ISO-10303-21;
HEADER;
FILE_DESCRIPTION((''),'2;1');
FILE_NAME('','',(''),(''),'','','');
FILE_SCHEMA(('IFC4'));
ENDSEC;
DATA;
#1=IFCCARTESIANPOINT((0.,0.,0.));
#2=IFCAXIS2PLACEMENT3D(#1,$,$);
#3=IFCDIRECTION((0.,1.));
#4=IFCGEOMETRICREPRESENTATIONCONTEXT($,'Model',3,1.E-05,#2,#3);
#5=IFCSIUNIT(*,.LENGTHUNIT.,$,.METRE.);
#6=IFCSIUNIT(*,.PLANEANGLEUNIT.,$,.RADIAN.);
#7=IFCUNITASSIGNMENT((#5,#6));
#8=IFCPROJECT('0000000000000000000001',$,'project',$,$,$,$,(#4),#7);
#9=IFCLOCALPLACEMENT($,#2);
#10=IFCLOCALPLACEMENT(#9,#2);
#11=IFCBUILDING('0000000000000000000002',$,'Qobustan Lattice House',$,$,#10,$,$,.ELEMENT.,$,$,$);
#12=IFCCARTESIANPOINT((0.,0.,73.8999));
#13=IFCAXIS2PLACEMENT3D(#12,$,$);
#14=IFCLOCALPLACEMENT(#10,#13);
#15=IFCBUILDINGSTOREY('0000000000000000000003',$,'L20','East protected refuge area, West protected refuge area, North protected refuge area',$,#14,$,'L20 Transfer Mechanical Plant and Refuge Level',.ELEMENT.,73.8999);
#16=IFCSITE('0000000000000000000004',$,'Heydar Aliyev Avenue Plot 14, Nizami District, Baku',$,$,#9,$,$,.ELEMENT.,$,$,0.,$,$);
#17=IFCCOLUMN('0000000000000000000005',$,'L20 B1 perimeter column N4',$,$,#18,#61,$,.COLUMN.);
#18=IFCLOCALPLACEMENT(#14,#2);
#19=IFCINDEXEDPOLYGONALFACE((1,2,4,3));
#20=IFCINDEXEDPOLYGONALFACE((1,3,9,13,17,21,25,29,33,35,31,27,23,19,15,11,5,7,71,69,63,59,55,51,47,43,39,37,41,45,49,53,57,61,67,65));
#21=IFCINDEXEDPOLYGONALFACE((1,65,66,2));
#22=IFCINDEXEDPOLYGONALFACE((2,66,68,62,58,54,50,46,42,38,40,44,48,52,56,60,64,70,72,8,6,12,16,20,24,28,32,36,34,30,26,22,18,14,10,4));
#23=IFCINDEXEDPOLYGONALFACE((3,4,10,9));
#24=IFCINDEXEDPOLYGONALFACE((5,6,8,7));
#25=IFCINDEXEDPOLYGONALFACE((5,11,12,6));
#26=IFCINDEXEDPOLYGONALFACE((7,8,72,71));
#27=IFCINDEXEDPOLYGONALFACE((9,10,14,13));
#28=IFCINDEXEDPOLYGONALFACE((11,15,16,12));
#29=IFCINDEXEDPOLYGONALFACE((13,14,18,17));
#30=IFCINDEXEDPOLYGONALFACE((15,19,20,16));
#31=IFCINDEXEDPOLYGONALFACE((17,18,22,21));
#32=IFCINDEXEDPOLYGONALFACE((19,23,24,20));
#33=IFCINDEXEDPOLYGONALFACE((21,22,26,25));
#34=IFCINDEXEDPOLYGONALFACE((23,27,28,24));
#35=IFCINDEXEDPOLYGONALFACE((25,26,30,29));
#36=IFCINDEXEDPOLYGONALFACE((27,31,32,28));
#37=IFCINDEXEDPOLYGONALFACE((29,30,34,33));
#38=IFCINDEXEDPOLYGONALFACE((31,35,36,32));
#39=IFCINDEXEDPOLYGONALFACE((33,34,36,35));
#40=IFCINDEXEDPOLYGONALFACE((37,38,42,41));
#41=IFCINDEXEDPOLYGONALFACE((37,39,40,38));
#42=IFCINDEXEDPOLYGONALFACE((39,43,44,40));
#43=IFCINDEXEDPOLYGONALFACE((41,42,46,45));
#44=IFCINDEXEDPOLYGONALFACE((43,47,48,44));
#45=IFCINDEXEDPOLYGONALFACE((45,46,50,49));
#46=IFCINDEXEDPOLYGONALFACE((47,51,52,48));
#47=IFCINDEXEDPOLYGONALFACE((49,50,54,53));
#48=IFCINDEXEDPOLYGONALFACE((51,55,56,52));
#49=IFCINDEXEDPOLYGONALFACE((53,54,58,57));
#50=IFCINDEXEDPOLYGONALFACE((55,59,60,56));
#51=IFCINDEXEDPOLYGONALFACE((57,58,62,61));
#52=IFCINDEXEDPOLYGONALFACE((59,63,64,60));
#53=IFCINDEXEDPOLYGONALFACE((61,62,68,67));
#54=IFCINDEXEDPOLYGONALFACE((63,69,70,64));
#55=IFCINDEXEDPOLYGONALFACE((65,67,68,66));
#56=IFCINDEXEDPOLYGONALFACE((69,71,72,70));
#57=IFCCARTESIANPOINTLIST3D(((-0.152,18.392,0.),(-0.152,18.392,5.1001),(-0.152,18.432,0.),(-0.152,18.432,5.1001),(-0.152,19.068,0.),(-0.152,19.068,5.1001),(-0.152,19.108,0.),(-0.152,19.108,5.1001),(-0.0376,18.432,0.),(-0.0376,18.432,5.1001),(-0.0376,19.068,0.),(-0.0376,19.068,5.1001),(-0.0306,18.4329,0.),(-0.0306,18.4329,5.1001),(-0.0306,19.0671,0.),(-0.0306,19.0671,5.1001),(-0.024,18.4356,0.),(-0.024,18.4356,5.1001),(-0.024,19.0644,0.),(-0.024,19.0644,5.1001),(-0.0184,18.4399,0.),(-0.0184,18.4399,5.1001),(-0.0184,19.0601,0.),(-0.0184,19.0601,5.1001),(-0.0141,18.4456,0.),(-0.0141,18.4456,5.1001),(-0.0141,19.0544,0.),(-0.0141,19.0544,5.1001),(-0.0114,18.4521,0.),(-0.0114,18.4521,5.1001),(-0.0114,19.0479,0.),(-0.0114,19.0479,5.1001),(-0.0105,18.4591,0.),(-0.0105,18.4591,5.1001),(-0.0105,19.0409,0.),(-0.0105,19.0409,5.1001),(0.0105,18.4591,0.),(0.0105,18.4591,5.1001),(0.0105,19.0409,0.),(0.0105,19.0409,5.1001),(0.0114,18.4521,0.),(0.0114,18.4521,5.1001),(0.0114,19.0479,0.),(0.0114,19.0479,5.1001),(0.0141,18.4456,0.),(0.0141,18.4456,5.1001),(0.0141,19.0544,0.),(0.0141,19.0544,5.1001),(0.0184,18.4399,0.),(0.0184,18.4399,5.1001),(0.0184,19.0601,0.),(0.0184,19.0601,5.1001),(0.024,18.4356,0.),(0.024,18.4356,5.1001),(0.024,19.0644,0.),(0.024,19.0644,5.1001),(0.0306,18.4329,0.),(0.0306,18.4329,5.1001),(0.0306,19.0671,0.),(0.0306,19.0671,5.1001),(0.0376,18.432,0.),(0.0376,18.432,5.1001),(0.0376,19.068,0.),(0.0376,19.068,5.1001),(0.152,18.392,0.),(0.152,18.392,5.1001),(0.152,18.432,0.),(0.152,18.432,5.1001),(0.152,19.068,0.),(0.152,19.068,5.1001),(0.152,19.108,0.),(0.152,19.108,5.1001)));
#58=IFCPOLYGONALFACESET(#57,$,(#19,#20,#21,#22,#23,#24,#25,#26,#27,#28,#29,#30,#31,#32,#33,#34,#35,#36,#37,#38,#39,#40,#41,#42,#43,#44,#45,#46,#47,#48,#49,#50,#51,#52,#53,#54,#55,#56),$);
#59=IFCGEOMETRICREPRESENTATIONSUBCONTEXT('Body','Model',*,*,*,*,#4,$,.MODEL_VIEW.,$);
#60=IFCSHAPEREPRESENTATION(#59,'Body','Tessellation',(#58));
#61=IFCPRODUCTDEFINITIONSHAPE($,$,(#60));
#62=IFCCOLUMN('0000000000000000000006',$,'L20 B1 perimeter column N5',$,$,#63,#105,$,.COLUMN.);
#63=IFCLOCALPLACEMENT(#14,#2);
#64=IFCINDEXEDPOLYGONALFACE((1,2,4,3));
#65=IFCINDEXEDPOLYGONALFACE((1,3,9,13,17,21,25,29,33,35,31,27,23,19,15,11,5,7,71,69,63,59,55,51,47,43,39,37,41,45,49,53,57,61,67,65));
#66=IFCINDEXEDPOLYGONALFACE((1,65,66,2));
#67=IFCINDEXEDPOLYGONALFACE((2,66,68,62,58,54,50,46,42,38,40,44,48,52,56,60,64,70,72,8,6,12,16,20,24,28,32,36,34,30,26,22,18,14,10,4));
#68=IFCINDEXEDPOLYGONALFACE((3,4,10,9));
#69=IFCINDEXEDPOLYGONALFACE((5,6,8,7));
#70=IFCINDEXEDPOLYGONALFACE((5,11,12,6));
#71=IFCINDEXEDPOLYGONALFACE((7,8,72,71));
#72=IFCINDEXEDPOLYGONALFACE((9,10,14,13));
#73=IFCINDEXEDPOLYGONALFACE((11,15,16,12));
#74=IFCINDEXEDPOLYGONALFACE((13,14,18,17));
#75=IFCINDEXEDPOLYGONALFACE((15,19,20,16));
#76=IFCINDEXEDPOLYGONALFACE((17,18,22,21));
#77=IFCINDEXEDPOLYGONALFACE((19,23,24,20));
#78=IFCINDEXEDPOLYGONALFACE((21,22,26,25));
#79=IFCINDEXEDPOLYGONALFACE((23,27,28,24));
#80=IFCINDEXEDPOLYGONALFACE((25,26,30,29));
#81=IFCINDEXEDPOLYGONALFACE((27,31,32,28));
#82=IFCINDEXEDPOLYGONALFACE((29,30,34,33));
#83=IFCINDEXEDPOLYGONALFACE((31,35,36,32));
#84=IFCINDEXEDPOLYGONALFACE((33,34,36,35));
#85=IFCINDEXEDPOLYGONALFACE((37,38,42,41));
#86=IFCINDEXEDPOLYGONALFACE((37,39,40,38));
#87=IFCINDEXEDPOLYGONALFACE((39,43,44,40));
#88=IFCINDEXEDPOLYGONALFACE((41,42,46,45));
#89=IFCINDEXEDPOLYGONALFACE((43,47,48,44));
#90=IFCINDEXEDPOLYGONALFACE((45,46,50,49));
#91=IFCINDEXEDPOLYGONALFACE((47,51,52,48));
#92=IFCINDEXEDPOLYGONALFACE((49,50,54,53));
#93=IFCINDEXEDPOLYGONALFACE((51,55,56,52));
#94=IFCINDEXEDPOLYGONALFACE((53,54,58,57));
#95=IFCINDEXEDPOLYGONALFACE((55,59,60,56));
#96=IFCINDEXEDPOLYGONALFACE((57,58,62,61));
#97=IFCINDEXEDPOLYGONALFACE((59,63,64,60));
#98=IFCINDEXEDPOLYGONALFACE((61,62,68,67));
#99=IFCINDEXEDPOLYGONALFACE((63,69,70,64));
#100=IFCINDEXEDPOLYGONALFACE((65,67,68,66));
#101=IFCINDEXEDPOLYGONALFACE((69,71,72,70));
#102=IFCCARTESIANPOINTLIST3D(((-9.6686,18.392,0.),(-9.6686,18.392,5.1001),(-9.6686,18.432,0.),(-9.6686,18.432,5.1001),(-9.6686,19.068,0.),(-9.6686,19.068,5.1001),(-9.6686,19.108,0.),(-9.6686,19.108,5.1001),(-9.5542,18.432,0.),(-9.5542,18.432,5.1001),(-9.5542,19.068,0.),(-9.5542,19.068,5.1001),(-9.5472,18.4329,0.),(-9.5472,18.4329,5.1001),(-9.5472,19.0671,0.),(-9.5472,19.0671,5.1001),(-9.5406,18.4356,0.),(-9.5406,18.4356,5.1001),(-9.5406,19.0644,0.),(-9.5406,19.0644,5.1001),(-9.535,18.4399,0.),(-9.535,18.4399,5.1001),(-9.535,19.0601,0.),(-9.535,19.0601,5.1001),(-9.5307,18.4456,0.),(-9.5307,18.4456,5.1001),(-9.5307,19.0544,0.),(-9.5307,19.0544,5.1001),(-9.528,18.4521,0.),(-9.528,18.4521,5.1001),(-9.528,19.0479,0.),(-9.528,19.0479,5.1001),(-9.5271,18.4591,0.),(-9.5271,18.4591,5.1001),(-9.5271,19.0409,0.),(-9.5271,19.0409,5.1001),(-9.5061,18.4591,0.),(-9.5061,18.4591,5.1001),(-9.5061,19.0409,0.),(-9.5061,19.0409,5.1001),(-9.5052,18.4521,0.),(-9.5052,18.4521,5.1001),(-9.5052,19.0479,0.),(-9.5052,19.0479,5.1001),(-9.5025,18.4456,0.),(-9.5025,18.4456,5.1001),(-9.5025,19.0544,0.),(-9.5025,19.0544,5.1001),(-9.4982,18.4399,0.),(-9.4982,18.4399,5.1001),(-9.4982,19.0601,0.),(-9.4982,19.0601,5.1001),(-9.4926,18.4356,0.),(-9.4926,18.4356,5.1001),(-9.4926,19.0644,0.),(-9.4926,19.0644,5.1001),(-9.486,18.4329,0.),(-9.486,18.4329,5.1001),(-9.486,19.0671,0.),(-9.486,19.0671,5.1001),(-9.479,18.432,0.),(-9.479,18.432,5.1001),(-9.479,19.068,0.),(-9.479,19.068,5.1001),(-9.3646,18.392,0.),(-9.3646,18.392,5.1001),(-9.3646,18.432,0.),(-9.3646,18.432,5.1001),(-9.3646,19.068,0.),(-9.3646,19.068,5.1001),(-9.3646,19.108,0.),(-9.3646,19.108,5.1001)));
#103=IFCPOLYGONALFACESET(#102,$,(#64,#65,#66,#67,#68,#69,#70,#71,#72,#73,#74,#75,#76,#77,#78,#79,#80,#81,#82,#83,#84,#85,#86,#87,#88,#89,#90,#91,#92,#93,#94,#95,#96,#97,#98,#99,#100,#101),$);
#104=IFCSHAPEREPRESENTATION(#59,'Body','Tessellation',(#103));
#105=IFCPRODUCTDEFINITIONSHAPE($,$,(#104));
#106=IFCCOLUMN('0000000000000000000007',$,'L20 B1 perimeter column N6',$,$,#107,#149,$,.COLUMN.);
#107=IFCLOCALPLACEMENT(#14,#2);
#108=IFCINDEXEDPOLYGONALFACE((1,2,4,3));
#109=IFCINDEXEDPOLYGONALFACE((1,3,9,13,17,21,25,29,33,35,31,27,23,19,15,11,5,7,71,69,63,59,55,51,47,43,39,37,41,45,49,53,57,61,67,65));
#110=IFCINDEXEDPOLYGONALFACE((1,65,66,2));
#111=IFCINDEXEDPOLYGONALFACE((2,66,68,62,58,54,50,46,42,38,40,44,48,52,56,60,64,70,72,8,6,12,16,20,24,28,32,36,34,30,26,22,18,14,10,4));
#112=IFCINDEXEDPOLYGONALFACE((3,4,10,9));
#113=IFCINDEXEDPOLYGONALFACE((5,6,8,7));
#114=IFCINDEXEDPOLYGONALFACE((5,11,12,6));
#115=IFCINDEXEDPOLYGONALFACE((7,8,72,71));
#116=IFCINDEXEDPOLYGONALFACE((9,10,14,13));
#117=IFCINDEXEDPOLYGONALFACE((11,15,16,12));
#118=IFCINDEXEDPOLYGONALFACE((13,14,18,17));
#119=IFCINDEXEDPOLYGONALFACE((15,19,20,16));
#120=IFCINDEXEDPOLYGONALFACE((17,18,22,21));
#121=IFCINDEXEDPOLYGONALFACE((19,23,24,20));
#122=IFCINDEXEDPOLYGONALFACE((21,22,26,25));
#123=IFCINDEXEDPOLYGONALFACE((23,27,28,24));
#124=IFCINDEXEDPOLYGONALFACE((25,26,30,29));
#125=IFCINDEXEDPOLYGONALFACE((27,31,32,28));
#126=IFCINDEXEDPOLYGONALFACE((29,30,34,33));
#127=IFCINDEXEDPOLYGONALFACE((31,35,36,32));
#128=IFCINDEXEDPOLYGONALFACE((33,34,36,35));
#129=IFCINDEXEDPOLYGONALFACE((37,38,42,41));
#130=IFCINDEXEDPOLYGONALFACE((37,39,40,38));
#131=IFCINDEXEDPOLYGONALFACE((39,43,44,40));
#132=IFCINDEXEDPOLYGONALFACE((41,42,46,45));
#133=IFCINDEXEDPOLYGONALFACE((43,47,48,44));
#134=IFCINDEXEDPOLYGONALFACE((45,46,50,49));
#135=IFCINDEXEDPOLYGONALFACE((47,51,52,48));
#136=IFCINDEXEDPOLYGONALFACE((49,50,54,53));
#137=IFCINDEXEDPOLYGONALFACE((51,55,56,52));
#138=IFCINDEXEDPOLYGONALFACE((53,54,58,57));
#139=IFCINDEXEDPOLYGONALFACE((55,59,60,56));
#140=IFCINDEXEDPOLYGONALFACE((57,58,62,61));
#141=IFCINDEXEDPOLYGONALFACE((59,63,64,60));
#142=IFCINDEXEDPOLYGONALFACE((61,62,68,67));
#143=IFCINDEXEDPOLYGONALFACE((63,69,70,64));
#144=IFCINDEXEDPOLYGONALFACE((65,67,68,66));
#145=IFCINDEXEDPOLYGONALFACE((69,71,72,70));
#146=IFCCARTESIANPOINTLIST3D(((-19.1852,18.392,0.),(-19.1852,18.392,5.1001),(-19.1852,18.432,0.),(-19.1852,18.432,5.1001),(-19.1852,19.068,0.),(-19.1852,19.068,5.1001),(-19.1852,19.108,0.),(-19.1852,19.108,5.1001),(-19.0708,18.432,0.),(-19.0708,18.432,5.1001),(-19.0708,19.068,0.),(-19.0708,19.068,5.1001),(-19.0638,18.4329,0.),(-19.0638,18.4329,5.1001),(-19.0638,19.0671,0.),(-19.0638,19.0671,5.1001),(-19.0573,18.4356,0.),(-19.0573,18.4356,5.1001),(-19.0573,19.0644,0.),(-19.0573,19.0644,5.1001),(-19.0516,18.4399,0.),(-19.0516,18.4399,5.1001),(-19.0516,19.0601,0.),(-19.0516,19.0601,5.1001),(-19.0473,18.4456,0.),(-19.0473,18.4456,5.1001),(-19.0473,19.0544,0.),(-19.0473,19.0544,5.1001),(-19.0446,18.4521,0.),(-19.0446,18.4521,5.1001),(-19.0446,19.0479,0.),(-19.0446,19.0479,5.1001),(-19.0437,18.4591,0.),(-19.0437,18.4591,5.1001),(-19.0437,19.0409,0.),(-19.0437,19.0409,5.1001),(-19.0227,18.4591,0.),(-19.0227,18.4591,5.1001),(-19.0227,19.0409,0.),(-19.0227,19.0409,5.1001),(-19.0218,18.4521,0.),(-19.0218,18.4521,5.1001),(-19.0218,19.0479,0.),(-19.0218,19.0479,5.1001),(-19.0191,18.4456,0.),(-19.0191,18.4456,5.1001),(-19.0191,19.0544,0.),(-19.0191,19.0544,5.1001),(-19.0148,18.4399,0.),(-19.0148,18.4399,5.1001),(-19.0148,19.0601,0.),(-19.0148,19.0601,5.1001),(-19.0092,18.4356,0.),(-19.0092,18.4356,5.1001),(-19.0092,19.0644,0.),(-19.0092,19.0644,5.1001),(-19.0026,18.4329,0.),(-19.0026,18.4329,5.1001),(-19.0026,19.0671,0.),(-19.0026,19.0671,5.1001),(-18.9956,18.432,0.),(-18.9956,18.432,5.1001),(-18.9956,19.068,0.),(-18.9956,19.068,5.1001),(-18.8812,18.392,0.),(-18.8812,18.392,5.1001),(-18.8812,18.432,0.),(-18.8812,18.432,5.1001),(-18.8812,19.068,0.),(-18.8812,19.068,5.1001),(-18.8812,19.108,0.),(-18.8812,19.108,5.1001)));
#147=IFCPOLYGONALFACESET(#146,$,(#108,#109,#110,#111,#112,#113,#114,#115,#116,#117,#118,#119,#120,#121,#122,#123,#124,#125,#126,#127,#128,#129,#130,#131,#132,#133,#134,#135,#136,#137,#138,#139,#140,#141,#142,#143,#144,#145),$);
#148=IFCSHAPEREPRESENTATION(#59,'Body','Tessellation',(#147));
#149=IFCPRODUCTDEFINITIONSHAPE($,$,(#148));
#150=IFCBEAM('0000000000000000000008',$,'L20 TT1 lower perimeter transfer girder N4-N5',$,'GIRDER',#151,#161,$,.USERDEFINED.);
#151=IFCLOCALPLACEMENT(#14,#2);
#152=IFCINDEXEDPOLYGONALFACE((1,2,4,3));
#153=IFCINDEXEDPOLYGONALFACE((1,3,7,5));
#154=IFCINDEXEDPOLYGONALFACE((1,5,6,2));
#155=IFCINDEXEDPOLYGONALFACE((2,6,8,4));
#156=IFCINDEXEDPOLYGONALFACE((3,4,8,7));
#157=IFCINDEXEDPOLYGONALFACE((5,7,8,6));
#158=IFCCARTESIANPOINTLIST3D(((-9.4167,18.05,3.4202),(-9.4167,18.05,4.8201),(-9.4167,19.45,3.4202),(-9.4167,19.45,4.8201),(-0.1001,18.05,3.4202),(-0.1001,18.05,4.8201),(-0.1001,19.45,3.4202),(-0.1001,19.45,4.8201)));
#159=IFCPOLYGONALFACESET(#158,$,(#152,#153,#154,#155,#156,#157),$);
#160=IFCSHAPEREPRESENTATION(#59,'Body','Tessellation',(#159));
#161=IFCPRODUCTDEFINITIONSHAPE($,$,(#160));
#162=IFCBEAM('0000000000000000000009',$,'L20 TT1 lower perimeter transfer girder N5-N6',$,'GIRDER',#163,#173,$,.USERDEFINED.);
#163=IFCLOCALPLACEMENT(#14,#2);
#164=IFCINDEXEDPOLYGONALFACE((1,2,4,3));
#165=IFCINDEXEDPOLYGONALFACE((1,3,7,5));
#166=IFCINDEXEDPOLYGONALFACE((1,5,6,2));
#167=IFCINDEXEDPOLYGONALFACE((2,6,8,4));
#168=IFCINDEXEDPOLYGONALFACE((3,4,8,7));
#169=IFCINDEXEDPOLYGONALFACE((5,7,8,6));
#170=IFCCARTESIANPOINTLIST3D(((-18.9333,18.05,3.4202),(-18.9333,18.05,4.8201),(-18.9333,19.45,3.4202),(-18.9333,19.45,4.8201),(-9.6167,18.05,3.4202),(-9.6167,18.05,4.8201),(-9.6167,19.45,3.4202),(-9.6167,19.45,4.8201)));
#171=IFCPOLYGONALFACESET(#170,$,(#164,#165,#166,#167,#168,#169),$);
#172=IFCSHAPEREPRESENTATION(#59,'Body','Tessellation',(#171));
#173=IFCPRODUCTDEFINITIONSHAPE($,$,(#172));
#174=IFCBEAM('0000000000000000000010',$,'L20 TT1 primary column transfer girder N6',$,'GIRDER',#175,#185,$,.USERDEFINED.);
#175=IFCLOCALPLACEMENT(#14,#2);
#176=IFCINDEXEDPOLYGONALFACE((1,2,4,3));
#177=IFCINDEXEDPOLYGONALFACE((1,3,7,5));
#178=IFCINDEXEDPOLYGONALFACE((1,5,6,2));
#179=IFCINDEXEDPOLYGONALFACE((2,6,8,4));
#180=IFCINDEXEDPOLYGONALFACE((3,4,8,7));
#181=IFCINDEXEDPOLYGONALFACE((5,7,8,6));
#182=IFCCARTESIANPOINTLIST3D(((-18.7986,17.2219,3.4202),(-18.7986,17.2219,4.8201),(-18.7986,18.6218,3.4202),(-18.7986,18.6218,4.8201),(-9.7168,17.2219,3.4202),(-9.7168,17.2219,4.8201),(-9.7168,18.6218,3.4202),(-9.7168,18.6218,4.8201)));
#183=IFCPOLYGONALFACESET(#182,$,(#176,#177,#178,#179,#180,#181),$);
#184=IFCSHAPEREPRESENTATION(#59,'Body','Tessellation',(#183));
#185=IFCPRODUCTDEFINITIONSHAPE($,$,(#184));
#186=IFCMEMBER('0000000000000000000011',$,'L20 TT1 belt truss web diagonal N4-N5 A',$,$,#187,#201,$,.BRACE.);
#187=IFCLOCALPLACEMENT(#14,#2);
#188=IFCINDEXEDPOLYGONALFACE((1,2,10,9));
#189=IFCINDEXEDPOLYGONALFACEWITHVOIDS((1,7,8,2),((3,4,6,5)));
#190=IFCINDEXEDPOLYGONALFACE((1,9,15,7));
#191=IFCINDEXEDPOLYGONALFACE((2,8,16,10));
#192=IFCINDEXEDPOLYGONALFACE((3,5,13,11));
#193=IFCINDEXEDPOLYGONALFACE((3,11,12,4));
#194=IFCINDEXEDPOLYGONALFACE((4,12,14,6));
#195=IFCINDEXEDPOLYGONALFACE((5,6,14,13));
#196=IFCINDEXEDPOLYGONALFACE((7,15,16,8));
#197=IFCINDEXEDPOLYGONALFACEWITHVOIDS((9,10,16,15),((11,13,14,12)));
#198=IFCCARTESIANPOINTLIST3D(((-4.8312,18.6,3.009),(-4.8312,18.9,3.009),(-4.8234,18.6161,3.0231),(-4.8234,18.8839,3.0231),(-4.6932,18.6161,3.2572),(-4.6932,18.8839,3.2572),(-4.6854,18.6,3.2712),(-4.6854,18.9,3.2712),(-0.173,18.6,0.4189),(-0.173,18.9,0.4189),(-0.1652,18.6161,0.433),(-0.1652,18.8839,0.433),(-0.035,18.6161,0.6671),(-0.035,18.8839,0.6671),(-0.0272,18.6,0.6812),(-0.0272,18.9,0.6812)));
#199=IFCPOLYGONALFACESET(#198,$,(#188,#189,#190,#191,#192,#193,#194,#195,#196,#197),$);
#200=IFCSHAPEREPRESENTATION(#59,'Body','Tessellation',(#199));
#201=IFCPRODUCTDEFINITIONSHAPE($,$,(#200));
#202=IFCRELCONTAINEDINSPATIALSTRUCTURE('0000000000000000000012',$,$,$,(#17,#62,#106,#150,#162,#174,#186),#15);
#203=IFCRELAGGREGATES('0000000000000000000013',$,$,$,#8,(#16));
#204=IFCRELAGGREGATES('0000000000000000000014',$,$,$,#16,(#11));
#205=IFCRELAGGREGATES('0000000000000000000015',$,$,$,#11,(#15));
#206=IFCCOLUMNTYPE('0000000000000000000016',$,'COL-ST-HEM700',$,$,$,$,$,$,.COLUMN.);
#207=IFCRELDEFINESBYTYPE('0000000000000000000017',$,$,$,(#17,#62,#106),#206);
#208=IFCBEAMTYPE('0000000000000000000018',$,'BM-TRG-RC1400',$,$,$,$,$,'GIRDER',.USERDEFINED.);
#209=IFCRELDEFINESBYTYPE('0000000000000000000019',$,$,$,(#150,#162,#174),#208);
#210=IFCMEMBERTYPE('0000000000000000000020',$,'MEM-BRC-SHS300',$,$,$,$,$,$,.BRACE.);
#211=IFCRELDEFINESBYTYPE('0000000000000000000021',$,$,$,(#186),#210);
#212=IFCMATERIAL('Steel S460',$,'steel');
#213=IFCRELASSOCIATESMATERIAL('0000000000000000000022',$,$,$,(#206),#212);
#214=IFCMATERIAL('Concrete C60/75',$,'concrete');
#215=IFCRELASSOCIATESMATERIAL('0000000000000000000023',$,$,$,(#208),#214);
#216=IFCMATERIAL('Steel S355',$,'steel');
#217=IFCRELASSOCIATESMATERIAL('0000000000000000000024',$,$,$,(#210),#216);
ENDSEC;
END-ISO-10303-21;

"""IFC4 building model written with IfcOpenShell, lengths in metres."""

from ifc_helpers import new_model, si_unit, direction, frame, origin, origin_2d, place, context, subcontext, project, spatial, rectangle, hollow_rectangle, i_section, extrude, material, material_profile, profile_set, type_object, element, save


model = new_model("IFC4")

# Units and contexts
model_context = context("Model", 3, precision=1e-05, world=origin(), true_north=direction((0.0, 1.0)))
body_context = subcontext(model_context, "Body", "Model", "MODEL_VIEW")
ifc_project = project(units=[si_unit("LENGTHUNIT", "METRE"), si_unit("PLANEANGLEUNIT", "RADIAN")], contexts=[model_context])

# Site, building, storey
site_placement = place(None, origin())
site = spatial("IfcSite", under=ifc_project, at=site_placement, Name="Heydar Aliyev Avenue Plot 14, Nizami District, Baku", CompositionType="ELEMENT", RefElevation=0.0)
building_placement = place(site_placement, origin())
building = spatial("IfcBuilding", under=site, at=building_placement, Name="Qobustan Lattice House", CompositionType="ELEMENT")
storey_placement = place(building_placement, frame((0.0, 0.0, 73.8999)))
storey = spatial("IfcBuildingStorey", under=building, at=storey_placement, Name="L20", Description="East protected refuge area, West protected refuge area, North protected refuge area", LongName="L20 Transfer Mechanical Plant and Refuge Level", CompositionType="ELEMENT", Elevation=73.8999)

# Columns
ifc_material_1 = material(Name="Steel S460", Category="steel")
ifc_material_profile_1 = material_profile(ifc_material_1, i_section(OverallWidth=0.304, OverallDepth=0.7161, WebThickness=0.021, FlangeThickness=0.04, FilletRadius=0.0271, at=origin_2d()), Name="HEM700")
ifc_profile_set_1 = profile_set([ifc_material_profile_1], Name="Steel S460")
column_type = type_object("IfcColumnType", Name="COL-ST-HEM700", PredefinedType="COLUMN", material=ifc_profile_set_1)
for number, where, z_axis, x_axis, name in (
    (1, (0.0, 18.75, 0.0), (0.0, 0.0, 1.0), (1.0, 0.0, 0.0), "L20 B1 perimeter column N4"),
    (2, (-9.5166, 18.75, 0.0), (0.0, 0.0, 1.0), (1.0, 0.0, 0.0), "L20 B1 perimeter column N5"),
    (3, (-19.0332, 18.75, 0.0), (0.0, 0.0, 1.0), (1.0, 0.0, 0.0), "L20 B1 perimeter column N6"),
):
    element("IfcColumn", number, at=place(storey_placement, frame(where, z_axis=z_axis, x_axis=x_axis)), inside=storey, type_object=column_type, Name=name, PredefinedType="COLUMN", context=body_context, shape_type="SweptSolid", body=[
        extrude(i_section(OverallWidth=0.304, OverallDepth=0.7161, WebThickness=0.021, FlangeThickness=0.04, FilletRadius=0.0271, at=origin_2d()), origin(), (0.0, 0.0, 1.0), 5.1001),
    ])

# Beams
ifc_material_2 = material(Name="Concrete C60/75", Category="concrete")
ifc_material_profile_2 = material_profile(ifc_material_2, rectangle(XDim=1.3999, YDim=1.3999, at=origin_2d()), Name="RC1400x1400")
ifc_profile_set_2 = profile_set([ifc_material_profile_2], Name="Concrete C60/75")
beam_type = type_object("IfcBeamType", Name="BM-TRG-RC1400", ElementType="GIRDER", PredefinedType="USERDEFINED", material=ifc_profile_set_2)
for number, where, z_axis, x_axis, name in (
    (4, (-0.1001, 18.75, 4.1201), (-1.0, 0.0, 0.0), (0.0, -1.0, 0.0), "L20 TT1 lower perimeter transfer girder N4-N5"),
    (5, (-9.6167, 18.75, 4.1201), (-1.0, 0.0, 0.0), (0.0, -1.0, 0.0), "L20 TT1 lower perimeter transfer girder N5-N6"),
):
    element("IfcBeam", number, at=place(storey_placement, frame(where, z_axis=z_axis, x_axis=x_axis)), inside=storey, type_object=beam_type, Name=name, ObjectType="GIRDER", PredefinedType="USERDEFINED", context=body_context, shape_type="SweptSolid", body=[
        extrude(rectangle(XDim=1.3999, YDim=1.3999, at=origin_2d()), origin(), (0.0, 0.0, 1.0), 9.3167),
    ])
beam_placement = place(storey_placement, frame((-18.7986, 17.9219, 4.1201), z_axis=(1.0, 0.0, 0.0), x_axis=(0.0, 1.0, 0.0)))
element("IfcBeam", 6, at=beam_placement, inside=storey, type_object=beam_type, Name="L20 TT1 primary column transfer girder N6", ObjectType="GIRDER", PredefinedType="USERDEFINED", context=body_context, shape_type="SweptSolid", body=[
    extrude(rectangle(XDim=1.3999, YDim=1.3999, at=origin_2d()), origin(), (0.0, 0.0, 1.0), 9.0818),
])

# Member
ifc_material_3 = material(Name="Steel S355", Category="steel")
ifc_material_profile_3 = material_profile(ifc_material_3, hollow_rectangle(XDim=0.3, YDim=0.3, WallThickness=0.0161, at=origin_2d()), Name="SHS300x300x16")
ifc_profile_set_3 = profile_set([ifc_material_profile_3], Name="Steel S355")
member_type_1 = type_object("IfcMemberType", Name="MEM-BRC-SHS300", PredefinedType="BRACE", material=ifc_profile_set_3)
member_1_placement = place(storey_placement, frame((-0.1001, 18.75, 0.55), z_axis=(-0.873982, 0.0, 0.485958), x_axis=(0.0, -1.0, 0.0)))
element("IfcMember", 7, at=member_1_placement, inside=storey, type_object=member_type_1, Name="L20 TT1 belt truss web diagonal N4-N5 A", PredefinedType="BRACE", context=body_context, shape_type="SweptSolid", body=[
    extrude(hollow_rectangle(XDim=0.3, YDim=0.3, WallThickness=0.0161, at=origin_2d()), origin(), (0.0, 0.0, 1.0), 5.3298),
])

save(model, "model.ifc")
